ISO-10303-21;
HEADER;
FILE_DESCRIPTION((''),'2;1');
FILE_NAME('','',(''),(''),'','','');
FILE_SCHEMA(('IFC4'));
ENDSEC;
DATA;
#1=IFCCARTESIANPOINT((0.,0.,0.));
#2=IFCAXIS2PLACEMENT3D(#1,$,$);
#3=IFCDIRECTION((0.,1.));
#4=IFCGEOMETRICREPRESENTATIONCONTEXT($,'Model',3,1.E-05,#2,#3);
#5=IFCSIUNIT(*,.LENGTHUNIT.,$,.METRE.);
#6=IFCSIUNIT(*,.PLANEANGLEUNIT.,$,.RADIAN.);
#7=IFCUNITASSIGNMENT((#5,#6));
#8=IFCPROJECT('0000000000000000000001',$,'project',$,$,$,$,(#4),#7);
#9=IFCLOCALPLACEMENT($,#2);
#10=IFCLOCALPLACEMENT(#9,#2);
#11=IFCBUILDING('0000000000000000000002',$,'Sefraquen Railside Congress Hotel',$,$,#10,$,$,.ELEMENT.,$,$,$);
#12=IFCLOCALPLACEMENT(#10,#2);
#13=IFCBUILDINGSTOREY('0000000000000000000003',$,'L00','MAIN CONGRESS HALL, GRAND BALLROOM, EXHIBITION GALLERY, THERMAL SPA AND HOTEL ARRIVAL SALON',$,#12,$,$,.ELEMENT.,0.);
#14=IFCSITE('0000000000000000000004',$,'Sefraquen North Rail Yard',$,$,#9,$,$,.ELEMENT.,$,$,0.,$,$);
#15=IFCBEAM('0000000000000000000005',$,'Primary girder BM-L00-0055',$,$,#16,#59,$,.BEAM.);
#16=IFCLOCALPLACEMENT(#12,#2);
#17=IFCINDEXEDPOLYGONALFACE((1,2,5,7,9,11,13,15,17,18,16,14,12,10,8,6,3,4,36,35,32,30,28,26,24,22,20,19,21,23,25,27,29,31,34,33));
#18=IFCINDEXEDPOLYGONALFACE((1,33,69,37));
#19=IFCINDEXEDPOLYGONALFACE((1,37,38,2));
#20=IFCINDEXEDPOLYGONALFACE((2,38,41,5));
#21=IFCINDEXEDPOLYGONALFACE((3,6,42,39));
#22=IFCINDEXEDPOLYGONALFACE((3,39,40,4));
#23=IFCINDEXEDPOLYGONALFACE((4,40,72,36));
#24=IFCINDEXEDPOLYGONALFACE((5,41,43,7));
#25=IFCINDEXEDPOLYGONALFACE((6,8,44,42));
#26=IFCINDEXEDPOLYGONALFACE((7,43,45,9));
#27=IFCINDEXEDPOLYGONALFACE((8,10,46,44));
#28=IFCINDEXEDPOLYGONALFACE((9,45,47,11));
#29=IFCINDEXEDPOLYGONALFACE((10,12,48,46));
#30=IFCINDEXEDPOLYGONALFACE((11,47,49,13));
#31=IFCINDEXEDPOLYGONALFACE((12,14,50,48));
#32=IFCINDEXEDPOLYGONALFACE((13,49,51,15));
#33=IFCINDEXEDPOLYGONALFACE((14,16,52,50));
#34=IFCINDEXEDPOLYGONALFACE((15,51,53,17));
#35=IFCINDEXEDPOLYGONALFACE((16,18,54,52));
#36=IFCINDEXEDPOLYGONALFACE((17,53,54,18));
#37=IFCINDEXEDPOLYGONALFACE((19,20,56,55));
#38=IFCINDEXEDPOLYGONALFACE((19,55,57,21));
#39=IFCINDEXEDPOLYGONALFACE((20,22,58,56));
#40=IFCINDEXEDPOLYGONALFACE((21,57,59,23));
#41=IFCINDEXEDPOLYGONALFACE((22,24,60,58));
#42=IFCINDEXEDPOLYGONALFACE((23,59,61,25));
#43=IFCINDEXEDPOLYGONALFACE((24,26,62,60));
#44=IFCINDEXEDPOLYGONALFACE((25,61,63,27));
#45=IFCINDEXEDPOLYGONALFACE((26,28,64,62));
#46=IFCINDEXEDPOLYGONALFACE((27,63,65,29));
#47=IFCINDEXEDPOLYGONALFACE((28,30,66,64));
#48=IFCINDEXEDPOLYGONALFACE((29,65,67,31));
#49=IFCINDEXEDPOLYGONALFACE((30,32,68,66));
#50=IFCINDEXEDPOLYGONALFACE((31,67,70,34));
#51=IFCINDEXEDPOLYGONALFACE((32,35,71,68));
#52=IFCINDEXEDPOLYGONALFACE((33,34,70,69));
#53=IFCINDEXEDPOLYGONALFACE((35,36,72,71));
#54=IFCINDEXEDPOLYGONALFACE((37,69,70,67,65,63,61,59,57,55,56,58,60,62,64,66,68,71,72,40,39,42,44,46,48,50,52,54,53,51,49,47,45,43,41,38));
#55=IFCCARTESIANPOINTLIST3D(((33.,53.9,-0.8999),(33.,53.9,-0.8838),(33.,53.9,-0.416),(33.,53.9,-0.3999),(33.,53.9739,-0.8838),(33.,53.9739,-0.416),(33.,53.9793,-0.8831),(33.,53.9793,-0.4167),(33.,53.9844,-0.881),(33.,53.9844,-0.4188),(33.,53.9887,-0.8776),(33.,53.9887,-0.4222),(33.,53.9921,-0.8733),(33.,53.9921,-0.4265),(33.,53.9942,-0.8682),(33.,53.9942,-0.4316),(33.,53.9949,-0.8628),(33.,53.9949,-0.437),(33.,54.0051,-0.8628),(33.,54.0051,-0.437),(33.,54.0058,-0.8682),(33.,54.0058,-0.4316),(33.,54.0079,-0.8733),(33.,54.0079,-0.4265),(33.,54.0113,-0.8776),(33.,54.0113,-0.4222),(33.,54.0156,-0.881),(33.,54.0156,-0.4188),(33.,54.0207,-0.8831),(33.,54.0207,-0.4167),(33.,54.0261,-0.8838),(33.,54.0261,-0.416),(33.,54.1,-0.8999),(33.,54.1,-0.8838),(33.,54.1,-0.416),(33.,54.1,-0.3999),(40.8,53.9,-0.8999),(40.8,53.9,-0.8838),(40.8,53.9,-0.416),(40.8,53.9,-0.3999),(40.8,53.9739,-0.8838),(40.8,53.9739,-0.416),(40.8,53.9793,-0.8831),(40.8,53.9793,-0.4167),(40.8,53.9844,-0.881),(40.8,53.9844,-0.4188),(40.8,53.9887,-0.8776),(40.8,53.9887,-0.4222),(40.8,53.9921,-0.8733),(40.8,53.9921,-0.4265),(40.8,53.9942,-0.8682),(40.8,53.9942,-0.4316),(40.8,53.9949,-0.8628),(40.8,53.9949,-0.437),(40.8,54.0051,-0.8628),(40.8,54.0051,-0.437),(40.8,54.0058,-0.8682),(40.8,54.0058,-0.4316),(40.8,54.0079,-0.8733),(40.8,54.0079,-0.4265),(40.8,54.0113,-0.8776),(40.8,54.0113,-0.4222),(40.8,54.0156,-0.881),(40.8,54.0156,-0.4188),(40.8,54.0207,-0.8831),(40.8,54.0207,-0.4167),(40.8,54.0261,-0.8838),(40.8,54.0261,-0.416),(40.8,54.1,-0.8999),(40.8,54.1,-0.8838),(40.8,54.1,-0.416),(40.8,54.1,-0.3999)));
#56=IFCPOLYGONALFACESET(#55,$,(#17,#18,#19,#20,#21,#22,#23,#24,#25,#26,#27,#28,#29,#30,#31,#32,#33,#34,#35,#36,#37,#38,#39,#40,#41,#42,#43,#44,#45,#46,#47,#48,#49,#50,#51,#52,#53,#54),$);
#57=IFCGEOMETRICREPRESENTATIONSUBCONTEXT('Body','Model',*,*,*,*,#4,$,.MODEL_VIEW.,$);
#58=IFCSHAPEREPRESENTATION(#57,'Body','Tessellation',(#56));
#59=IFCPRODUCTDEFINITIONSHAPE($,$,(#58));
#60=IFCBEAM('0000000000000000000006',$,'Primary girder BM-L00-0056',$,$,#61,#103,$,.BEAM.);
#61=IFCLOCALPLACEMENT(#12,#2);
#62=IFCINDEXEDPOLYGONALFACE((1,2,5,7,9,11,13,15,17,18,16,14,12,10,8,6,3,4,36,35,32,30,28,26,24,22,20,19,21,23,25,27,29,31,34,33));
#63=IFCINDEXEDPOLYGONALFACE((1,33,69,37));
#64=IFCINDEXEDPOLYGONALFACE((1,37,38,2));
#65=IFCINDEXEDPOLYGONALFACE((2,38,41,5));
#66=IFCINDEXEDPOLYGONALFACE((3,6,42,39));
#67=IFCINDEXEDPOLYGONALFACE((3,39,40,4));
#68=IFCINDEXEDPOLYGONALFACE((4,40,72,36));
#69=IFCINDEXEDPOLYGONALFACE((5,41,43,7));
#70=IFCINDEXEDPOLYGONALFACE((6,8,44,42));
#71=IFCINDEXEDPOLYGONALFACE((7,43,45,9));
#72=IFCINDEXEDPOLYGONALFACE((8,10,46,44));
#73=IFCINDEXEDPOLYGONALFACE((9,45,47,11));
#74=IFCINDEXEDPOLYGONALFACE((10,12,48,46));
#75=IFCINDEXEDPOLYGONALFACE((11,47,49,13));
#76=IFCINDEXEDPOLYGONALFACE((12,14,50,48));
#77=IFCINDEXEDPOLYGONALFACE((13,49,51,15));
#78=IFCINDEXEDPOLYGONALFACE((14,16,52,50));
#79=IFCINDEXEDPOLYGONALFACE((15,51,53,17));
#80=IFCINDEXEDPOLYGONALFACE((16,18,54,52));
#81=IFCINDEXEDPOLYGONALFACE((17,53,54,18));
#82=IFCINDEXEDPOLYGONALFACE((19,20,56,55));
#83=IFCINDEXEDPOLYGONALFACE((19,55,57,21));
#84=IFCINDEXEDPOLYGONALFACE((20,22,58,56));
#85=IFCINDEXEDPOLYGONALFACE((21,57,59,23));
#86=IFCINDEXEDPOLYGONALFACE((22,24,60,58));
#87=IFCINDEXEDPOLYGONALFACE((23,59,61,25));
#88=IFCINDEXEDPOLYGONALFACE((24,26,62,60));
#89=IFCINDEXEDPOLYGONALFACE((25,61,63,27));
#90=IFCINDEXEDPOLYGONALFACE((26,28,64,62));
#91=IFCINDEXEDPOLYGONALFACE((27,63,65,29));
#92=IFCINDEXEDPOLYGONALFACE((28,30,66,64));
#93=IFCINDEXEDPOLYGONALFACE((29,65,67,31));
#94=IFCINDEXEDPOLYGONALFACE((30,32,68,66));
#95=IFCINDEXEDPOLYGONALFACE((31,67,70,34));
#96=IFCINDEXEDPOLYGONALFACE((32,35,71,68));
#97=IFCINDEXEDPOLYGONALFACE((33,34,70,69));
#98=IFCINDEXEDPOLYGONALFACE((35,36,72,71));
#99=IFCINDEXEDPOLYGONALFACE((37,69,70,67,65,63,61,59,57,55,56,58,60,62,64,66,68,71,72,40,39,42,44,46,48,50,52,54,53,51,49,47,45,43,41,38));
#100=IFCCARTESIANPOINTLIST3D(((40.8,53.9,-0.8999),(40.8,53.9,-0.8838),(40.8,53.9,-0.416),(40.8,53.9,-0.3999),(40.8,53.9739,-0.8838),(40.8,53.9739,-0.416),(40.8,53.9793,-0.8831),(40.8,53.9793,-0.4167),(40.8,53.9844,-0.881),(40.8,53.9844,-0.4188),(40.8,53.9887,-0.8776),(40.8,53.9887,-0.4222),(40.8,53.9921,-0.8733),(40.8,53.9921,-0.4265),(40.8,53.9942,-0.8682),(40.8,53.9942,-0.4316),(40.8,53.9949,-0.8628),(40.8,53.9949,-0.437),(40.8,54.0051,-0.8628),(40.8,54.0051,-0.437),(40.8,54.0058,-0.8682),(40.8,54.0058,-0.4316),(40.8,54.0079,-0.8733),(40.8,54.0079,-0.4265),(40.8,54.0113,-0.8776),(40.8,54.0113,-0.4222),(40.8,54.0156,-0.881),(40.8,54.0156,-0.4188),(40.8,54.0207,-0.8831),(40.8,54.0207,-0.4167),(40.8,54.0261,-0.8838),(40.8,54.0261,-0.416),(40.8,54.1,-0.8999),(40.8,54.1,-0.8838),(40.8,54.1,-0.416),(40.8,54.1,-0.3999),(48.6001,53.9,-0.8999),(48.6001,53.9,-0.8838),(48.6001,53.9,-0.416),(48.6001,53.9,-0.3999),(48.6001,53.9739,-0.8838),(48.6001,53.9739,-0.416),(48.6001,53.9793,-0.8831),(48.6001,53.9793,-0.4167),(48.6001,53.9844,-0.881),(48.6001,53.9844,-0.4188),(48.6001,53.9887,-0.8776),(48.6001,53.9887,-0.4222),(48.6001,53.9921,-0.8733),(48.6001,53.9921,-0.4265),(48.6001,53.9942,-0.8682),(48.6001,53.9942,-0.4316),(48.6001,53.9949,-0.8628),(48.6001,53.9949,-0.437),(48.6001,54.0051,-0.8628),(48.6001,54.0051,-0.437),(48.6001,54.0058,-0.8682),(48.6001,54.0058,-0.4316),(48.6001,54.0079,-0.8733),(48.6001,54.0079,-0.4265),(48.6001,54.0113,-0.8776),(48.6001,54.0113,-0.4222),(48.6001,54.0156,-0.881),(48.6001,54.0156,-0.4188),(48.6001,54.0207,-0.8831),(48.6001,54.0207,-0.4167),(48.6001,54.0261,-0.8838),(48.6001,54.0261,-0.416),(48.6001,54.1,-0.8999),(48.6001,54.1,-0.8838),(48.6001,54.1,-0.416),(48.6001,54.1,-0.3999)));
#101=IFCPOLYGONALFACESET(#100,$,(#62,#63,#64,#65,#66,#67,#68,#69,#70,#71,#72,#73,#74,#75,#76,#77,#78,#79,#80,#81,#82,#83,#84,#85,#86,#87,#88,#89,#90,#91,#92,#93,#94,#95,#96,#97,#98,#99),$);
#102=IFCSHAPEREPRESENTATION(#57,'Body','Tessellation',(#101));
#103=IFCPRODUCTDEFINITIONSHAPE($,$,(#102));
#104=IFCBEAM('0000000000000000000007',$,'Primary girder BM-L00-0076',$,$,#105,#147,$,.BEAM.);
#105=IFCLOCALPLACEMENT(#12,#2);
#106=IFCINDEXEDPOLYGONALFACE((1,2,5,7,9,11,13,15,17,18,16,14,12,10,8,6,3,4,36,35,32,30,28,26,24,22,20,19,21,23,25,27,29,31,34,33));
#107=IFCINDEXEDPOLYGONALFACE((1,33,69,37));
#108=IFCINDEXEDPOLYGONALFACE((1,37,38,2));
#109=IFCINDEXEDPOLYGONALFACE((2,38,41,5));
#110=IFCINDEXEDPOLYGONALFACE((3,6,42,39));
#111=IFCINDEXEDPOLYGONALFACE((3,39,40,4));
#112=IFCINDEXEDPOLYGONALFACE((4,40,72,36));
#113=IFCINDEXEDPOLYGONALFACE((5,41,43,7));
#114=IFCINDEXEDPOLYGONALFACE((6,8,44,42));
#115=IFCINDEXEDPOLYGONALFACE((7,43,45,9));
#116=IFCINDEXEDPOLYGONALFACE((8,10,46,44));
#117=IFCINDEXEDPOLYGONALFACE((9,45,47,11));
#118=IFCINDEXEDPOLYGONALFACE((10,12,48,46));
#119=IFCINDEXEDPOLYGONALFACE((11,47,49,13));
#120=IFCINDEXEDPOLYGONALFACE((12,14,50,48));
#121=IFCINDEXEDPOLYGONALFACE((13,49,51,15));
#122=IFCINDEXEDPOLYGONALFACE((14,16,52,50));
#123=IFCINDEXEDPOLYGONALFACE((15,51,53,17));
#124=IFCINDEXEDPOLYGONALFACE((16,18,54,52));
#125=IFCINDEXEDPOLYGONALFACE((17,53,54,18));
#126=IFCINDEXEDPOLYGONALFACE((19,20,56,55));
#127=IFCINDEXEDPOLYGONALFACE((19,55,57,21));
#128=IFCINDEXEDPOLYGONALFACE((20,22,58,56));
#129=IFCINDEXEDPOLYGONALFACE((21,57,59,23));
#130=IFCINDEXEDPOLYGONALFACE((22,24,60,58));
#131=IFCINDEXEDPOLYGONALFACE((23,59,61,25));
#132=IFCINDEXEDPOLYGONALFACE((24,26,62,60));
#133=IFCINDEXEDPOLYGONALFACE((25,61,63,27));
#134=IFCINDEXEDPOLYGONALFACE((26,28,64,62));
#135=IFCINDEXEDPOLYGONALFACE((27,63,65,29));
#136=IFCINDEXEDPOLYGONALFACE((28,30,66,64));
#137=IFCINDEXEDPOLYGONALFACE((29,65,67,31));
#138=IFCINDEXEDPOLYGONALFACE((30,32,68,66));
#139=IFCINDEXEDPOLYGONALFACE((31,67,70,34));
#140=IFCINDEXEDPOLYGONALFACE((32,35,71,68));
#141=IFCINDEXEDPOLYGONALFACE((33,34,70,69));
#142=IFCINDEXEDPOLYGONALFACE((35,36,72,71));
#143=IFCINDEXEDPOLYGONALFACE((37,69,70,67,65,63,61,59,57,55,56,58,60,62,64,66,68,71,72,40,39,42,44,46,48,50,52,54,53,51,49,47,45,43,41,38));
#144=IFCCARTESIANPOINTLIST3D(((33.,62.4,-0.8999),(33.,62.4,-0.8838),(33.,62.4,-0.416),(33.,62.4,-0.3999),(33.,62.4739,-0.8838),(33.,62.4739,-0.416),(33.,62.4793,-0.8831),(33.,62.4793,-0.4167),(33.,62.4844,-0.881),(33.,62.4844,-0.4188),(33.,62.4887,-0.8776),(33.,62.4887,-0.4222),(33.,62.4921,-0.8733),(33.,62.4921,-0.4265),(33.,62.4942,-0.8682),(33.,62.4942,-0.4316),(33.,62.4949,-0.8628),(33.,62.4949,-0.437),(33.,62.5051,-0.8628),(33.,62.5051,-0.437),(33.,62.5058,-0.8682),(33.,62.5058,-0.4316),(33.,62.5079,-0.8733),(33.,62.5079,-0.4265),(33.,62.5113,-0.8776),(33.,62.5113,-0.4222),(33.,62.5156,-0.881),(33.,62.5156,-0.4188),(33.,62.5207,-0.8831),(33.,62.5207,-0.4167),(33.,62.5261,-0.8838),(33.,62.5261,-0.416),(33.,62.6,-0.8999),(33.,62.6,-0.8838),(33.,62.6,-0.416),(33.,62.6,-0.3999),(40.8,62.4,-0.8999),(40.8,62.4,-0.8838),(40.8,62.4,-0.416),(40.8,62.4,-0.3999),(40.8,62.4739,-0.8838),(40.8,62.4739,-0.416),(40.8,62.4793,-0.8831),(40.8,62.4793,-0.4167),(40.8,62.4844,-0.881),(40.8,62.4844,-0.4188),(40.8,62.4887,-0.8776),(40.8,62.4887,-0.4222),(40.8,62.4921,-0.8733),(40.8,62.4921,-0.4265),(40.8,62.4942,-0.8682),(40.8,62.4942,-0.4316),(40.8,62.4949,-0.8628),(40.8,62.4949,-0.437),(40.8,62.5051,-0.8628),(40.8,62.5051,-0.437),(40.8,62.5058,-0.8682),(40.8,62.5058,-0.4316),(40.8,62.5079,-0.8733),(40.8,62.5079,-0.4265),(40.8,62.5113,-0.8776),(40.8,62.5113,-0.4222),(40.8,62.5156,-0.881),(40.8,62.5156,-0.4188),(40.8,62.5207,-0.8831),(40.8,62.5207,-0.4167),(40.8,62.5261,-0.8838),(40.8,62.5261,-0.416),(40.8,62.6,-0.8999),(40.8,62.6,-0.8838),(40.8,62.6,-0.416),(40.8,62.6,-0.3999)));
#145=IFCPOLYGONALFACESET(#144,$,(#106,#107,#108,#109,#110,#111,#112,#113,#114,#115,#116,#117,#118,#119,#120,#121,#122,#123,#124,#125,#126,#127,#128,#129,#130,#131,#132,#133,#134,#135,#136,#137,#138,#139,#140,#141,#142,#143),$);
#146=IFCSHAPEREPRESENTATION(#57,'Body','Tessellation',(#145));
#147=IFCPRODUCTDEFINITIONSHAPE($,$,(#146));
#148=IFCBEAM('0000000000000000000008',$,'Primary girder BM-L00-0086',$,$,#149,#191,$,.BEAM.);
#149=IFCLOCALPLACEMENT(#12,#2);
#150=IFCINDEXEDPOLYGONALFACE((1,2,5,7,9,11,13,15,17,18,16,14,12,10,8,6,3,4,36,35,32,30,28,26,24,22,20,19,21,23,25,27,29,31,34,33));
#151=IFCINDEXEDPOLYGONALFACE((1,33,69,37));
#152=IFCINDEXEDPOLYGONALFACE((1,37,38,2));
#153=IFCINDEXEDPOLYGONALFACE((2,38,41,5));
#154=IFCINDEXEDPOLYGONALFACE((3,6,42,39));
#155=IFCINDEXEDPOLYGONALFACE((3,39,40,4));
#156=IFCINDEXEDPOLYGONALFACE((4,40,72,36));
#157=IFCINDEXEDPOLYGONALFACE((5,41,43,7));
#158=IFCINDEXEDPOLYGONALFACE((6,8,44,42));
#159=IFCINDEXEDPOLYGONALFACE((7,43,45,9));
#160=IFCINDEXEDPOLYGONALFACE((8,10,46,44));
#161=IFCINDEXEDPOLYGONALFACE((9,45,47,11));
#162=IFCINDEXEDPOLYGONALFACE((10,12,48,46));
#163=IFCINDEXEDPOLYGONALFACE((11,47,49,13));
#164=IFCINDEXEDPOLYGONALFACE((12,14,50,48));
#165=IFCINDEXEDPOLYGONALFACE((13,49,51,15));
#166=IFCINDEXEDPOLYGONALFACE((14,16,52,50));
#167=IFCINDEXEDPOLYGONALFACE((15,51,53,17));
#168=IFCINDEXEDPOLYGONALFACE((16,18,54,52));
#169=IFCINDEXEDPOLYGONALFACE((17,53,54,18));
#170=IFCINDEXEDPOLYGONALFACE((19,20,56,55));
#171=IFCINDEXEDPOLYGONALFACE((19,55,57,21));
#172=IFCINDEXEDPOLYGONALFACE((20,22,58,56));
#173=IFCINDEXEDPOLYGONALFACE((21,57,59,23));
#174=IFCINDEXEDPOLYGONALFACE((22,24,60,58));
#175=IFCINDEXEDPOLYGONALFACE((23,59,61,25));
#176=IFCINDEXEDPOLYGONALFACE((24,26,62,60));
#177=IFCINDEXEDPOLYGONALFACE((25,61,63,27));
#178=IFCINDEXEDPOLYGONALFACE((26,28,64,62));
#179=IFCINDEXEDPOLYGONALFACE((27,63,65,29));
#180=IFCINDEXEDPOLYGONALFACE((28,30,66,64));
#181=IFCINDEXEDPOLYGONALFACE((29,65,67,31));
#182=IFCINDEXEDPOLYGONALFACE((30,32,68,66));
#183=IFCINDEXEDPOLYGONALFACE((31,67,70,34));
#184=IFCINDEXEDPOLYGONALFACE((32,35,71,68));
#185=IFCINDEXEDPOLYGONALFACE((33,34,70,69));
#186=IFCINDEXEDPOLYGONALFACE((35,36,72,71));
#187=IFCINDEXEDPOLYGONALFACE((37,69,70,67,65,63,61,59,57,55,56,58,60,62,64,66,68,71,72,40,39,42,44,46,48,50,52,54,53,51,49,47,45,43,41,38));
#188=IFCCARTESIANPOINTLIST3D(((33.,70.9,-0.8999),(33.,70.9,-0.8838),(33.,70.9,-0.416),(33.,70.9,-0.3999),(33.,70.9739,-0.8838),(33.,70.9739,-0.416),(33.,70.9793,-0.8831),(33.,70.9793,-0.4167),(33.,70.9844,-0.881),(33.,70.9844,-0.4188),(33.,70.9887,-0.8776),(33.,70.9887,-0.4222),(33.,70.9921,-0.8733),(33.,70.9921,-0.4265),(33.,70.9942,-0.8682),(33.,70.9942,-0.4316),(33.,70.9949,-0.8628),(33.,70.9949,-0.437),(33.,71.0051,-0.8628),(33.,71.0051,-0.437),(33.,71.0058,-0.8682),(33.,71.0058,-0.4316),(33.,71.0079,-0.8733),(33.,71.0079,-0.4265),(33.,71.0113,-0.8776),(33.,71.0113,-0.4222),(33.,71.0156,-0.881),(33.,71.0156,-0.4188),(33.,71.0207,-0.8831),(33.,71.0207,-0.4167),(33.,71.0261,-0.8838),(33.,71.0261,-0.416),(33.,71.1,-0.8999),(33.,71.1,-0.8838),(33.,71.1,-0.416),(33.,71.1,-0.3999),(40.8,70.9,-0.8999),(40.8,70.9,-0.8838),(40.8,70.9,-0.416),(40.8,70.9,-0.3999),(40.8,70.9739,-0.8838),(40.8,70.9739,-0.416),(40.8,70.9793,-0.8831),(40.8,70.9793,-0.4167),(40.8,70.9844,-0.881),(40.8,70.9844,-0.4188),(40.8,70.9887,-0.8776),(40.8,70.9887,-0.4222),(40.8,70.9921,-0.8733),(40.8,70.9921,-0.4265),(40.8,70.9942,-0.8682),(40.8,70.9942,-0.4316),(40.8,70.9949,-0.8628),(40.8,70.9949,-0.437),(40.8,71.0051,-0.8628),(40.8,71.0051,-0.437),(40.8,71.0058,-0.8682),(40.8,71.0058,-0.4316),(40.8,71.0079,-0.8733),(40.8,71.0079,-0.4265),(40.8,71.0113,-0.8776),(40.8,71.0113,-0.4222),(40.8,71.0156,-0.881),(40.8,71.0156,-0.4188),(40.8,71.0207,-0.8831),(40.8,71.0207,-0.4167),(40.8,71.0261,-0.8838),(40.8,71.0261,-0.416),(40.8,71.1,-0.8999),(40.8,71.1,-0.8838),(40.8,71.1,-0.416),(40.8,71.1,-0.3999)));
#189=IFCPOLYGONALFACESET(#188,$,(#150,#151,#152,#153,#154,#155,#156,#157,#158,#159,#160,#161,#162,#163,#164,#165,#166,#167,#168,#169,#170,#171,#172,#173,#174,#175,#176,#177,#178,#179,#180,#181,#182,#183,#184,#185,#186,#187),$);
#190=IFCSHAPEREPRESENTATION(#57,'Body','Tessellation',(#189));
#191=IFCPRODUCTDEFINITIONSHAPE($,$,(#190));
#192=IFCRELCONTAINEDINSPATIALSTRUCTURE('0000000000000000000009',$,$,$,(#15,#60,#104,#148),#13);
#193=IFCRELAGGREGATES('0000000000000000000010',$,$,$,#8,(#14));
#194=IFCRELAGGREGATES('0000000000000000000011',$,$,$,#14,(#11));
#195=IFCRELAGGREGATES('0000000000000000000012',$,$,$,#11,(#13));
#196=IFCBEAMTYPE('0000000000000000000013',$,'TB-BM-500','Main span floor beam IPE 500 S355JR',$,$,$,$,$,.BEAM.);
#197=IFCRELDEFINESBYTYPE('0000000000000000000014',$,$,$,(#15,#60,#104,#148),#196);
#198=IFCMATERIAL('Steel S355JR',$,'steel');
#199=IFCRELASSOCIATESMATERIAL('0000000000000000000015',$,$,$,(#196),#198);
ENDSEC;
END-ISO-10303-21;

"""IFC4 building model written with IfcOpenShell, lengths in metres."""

from ifc_helpers import new_model, si_unit, direction, frame, origin, origin_2d, place, context, subcontext, project, spatial, i_section, extrude, material, material_profile, profile_set, type_object, element, save


model = new_model("IFC4")

# Units and contexts
model_context = context("Model", 3, precision=1e-05, world=origin(), true_north=direction((0.0, 1.0)))
body_context = subcontext(model_context, "Body", "Model", "MODEL_VIEW")
ifc_project = project(units=[si_unit("LENGTHUNIT", "METRE"), si_unit("PLANEANGLEUNIT", "RADIAN")], contexts=[model_context])

# Site, building, storey
site_placement = place(None, origin())
site = spatial("IfcSite", under=ifc_project, at=site_placement, Name="Sefraquen North Rail Yard", CompositionType="ELEMENT", RefElevation=0.0)
building_placement = place(site_placement, origin())
building = spatial("IfcBuilding", under=site, at=building_placement, Name="Sefraquen Railside Congress Hotel", CompositionType="ELEMENT")
storey_placement = place(building_placement, origin())
storey = spatial("IfcBuildingStorey", under=building, at=storey_placement, Name="L00", Description="MAIN CONGRESS HALL, GRAND BALLROOM, EXHIBITION GALLERY, THERMAL SPA AND HOTEL ARRIVAL SALON", CompositionType="ELEMENT", Elevation=0.0)

# Shared definitions
ifc_material_1 = material(Name="Steel S355JR", Category="steel")

# Beams
ifc_material_profile_1 = material_profile(ifc_material_1, i_section(OverallWidth=0.2, OverallDepth=0.5, WebThickness=0.0103, FlangeThickness=0.0161, FilletRadius=0.021, at=origin_2d()), Name="IPE 500")
ifc_profile_set_1 = profile_set([ifc_material_profile_1], Name="Steel S355JR")
beam_type_1 = type_object("IfcBeamType", Name="TB-BM-500", Description="Main span floor beam IPE 500 S355JR", PredefinedType="BEAM", material=ifc_profile_set_1)
for number, where, z_axis, x_axis, name in (
    (1, (33.0, 54.0, -0.6499), (1.0, 0.0, 0.0), (0.0, 1.0, 0.0), "Primary girder BM-L00-0055"),
    (2, (40.8, 54.0, -0.6499), (1.0, 0.0, 0.0), (0.0, 1.0, 0.0), "Primary girder BM-L00-0056"),
    (3, (33.0, 62.5, -0.6499), (1.0, 0.0, 0.0), (0.0, 1.0, 0.0), "Primary girder BM-L00-0076"),
    (4, (33.0, 71.0, -0.6499), (1.0, 0.0, 0.0), (0.0, 1.0, 0.0), "Primary girder BM-L00-0086"),
):
    element("IfcBeam", number, at=place(storey_placement, frame(where, z_axis=z_axis, x_axis=x_axis)), inside=storey, type_object=beam_type_1, Name=name, PredefinedType="BEAM", context=body_context, shape_type="SweptSolid", body=[
        extrude(i_section(OverallWidth=0.2, OverallDepth=0.5, WebThickness=0.0103, FlangeThickness=0.0161, FilletRadius=0.021, at=origin_2d()), origin(), (0.0, 0.0, 1.0), 7.8),
    ])

save(model, "model.ifc")
